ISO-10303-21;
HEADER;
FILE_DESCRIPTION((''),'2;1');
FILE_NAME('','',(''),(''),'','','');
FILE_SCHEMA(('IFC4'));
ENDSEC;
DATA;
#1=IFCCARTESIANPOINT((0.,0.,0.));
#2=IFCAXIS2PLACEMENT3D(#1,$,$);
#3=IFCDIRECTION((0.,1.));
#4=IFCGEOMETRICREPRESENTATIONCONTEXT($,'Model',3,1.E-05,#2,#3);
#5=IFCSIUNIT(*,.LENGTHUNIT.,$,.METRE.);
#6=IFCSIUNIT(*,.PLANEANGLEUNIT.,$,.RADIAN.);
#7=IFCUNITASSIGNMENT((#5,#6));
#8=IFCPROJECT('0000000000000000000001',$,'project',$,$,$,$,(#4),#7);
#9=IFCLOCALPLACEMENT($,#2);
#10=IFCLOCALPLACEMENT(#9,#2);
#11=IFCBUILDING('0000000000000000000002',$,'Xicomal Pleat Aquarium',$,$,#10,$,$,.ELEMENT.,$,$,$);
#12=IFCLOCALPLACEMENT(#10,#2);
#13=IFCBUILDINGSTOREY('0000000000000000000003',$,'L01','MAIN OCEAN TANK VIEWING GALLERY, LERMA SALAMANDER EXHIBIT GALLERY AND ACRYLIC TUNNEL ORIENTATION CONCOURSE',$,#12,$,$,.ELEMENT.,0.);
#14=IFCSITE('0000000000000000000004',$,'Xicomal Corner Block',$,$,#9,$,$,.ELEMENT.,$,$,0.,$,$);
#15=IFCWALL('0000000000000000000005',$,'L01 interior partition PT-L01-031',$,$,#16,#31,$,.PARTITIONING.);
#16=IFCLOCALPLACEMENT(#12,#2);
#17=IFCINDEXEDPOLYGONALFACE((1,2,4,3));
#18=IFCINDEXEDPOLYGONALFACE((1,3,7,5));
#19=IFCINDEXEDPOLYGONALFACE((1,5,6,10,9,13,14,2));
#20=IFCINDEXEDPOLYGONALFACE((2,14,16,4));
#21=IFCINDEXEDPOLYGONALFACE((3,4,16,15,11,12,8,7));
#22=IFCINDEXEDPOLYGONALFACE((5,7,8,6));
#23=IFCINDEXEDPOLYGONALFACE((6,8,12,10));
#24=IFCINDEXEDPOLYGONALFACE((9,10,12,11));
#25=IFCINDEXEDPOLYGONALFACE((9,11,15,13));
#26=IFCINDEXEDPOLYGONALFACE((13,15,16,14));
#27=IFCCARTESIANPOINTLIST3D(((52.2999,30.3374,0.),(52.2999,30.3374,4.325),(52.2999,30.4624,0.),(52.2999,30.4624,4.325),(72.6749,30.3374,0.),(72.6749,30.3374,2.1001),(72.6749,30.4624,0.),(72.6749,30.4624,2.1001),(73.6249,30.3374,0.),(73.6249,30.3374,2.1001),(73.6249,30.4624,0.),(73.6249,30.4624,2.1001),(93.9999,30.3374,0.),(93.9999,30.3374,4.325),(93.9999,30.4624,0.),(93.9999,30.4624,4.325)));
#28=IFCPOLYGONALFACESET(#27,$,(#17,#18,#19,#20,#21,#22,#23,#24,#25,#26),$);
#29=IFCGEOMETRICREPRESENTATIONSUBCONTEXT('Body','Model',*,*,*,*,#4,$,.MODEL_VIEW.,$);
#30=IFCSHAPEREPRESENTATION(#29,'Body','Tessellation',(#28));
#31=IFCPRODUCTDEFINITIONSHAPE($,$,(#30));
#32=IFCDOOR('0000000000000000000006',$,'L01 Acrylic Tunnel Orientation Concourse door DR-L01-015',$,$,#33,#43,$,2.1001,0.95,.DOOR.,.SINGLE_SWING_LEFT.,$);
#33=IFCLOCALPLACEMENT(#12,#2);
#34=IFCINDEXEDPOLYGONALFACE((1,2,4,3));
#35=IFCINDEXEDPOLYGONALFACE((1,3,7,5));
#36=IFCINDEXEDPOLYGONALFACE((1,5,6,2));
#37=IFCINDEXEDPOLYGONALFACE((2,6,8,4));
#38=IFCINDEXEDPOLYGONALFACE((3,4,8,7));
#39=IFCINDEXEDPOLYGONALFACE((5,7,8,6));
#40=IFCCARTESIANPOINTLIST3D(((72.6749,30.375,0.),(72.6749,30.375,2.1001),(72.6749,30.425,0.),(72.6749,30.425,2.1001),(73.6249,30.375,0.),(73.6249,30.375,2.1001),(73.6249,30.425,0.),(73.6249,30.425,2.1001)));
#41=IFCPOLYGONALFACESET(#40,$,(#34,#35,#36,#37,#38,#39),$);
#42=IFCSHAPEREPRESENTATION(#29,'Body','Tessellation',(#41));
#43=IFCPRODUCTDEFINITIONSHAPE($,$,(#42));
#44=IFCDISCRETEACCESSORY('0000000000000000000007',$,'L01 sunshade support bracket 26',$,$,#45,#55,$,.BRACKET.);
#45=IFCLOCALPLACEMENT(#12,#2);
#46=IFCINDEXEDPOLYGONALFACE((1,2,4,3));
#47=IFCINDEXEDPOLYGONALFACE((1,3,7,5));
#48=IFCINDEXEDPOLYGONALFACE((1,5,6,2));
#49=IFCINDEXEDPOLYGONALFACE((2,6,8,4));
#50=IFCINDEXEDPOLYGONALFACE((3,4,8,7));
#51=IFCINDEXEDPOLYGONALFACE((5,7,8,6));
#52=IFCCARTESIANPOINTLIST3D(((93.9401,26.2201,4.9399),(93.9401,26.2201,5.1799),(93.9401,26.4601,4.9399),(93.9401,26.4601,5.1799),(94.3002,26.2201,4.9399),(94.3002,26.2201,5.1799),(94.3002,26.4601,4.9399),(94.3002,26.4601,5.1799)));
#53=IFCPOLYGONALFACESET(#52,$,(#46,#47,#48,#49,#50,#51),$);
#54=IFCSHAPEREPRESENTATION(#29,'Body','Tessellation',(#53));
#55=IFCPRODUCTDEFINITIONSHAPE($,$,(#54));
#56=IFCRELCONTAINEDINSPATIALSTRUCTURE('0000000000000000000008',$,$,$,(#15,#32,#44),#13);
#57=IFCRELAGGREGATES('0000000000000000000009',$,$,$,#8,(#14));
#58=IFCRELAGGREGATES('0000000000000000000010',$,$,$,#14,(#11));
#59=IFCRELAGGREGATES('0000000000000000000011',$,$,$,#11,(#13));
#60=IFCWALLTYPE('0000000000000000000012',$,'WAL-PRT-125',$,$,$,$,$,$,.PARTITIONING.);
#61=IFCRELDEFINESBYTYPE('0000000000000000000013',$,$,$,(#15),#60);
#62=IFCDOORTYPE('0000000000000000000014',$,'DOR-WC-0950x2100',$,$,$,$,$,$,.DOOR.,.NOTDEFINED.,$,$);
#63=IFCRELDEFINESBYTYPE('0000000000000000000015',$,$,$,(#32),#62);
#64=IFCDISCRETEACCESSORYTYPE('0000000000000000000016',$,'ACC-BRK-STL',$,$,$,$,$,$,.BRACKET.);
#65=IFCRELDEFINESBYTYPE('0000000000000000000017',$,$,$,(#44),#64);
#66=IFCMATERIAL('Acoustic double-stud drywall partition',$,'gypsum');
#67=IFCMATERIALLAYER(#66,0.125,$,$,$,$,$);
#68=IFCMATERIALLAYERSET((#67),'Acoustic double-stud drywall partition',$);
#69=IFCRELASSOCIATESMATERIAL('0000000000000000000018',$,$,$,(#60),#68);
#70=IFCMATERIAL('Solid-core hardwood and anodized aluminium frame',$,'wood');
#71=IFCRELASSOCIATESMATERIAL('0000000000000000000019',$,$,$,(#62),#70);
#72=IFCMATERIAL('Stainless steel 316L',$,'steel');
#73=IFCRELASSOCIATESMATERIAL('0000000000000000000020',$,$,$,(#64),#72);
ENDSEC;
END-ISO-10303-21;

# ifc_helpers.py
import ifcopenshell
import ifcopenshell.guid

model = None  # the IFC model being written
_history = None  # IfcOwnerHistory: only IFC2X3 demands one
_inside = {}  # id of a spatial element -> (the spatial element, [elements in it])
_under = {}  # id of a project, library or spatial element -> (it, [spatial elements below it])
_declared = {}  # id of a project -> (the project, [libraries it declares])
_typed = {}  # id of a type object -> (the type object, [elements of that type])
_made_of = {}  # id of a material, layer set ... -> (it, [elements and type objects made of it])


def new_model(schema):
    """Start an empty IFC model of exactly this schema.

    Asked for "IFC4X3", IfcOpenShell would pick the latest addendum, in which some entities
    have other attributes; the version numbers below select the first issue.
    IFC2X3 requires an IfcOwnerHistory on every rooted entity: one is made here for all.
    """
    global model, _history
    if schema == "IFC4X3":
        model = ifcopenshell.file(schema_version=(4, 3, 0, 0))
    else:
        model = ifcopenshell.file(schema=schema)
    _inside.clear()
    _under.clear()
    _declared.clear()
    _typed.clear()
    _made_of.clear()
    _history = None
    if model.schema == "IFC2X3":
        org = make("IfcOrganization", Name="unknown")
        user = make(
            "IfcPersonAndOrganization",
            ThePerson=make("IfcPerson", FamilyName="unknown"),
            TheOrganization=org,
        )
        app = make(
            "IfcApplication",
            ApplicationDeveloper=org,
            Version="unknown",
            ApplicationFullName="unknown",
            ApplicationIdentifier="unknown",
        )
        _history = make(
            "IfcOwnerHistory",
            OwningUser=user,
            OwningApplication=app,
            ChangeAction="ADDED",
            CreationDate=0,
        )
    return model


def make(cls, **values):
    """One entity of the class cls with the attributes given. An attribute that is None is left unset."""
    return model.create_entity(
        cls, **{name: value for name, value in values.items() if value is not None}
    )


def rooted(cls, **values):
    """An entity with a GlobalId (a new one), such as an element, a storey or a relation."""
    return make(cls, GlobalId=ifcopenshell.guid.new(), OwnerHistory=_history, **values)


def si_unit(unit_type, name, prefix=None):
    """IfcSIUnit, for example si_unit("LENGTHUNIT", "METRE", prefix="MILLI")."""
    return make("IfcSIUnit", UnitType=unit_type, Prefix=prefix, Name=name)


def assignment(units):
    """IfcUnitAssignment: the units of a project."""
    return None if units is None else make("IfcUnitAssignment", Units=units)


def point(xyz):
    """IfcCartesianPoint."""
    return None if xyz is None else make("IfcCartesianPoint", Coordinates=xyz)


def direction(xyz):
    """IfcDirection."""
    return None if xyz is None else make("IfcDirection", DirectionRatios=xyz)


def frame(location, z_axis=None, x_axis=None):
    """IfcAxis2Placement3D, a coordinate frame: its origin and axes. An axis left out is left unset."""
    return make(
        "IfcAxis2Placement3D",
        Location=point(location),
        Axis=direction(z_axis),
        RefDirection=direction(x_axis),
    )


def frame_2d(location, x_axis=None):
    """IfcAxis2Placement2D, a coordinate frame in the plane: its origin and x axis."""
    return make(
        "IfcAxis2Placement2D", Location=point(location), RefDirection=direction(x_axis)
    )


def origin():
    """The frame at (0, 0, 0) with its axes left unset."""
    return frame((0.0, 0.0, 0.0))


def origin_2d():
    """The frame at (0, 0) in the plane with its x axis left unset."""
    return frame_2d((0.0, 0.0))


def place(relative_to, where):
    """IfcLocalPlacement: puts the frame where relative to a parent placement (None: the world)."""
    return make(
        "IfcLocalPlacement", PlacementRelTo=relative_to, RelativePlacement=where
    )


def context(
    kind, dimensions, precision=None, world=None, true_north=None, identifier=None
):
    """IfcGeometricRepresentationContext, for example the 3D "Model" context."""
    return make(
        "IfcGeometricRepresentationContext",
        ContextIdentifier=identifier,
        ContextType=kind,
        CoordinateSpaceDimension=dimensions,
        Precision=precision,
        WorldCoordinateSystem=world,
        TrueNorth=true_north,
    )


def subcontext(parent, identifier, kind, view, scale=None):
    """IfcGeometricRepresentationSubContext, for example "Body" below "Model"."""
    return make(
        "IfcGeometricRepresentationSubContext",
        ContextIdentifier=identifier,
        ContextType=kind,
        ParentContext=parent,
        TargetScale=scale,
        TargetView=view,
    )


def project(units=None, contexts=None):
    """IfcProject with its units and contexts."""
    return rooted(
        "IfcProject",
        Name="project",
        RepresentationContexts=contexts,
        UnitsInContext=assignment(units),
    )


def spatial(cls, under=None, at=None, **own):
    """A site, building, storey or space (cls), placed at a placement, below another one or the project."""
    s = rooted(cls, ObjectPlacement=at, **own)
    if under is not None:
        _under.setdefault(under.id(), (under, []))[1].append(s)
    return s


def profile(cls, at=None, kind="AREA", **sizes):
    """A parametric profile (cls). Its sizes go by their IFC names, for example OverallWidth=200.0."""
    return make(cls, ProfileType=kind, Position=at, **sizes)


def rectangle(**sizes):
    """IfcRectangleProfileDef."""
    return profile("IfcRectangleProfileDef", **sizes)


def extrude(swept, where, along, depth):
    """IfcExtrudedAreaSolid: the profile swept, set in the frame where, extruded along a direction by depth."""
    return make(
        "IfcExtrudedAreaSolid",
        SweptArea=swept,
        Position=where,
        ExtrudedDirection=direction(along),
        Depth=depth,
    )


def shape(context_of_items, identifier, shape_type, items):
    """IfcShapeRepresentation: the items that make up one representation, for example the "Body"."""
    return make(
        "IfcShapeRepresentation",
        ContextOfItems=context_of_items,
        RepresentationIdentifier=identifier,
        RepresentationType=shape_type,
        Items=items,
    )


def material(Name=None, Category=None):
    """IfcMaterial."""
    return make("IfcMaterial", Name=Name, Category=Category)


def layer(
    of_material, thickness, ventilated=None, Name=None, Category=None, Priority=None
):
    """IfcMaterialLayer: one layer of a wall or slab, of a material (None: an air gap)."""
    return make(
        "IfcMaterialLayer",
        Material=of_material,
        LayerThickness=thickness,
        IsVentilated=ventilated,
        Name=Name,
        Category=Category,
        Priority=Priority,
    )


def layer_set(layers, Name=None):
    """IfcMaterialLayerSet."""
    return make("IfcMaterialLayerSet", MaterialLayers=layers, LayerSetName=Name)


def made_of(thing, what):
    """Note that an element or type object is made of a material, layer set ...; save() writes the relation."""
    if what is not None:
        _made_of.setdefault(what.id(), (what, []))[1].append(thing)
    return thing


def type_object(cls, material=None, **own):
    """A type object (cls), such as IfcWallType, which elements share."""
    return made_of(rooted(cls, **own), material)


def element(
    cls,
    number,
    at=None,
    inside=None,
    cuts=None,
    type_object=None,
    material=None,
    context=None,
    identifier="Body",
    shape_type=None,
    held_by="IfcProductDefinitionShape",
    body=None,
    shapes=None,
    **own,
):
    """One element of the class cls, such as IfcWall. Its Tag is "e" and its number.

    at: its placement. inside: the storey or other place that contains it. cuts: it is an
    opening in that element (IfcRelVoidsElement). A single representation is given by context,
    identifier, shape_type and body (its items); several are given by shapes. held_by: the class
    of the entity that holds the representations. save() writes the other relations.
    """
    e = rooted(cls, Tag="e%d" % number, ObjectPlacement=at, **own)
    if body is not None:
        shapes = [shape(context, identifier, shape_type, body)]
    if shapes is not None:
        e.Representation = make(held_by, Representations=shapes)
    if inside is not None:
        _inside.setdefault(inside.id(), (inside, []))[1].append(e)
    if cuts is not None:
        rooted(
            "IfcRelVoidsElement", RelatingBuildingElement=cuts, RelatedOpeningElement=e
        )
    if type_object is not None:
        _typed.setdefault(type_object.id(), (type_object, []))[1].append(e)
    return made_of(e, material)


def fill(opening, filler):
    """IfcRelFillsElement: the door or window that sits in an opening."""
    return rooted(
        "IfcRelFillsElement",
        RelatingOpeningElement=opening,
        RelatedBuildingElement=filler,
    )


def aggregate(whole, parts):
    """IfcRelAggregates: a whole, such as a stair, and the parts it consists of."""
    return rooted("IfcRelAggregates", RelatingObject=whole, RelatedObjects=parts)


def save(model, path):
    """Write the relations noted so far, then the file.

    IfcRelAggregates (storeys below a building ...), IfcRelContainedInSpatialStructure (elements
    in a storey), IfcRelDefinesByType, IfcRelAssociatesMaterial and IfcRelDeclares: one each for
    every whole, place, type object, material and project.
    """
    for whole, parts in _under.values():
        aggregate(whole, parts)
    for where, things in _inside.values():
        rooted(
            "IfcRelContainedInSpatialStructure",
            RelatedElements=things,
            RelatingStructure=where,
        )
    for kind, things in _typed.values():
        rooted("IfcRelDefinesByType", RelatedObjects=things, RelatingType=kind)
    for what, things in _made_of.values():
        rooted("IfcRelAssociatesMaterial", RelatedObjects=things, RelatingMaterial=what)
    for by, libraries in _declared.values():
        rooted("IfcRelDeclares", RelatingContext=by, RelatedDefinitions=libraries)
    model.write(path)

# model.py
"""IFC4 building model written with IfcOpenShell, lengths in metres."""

from ifc_helpers import new_model, si_unit, direction, frame, frame_2d, origin, origin_2d, place, context, subcontext, project, spatial, rectangle, extrude, material, layer, layer_set, type_object, element, fill, save


model = new_model("IFC4")

# Units and contexts
model_context = context("Model", 3, precision=1e-05, world=origin(), true_north=direction((0.0, 1.0)))
body_context = subcontext(model_context, "Body", "Model", "MODEL_VIEW")
ifc_project = project(units=[si_unit("LENGTHUNIT", "METRE"), si_unit("PLANEANGLEUNIT", "RADIAN")], contexts=[model_context])

# Site, building, storey
site_placement = place(None, origin())
site = spatial("IfcSite", under=ifc_project, at=site_placement, Name="Xicomal Corner Block", CompositionType="ELEMENT", RefElevation=0.0)
building_placement = place(site_placement, origin())
building = spatial("IfcBuilding", under=site, at=building_placement, Name="Xicomal Pleat Aquarium", CompositionType="ELEMENT")
storey_placement = place(building_placement, origin())
storey = spatial("IfcBuildingStorey", under=building, at=storey_placement, Name="L01", Description="MAIN OCEAN TANK VIEWING GALLERY, LERMA SALAMANDER EXHIBIT GALLERY AND ACRYLIC TUNNEL ORIENTATION CONCOURSE", CompositionType="ELEMENT", Elevation=0.0)

# Wall, opening, door
ifc_material_1 = material(Name="Acoustic double-stud drywall partition", Category="gypsum")
ifc_layer_1 = layer(ifc_material_1, 0.125)
ifc_layer_set_1 = layer_set([ifc_layer_1], Name="Acoustic double-stud drywall partition")
wall_type = type_object("IfcWallType", Name="WAL-PRT-125", PredefinedType="PARTITIONING", material=ifc_layer_set_1)
wall_placement = place(storey_placement, frame((94.0, 30.3999, 0.0), z_axis=(0.0, 0.0, 1.0), x_axis=(-1.0, 0.0, 0.0)))
wall = element("IfcWall", 1, at=wall_placement, inside=storey, type_object=wall_type, Name="L01 interior partition PT-L01-031", PredefinedType="PARTITIONING", context=body_context, shape_type="SweptSolid", body=[
    extrude(rectangle(XDim=41.7, YDim=0.125, at=frame_2d((20.8501, 0.0))), origin(), (0.0, 0.0, 1.0), 4.325),
])
opening_placement = place(wall_placement, frame((20.375, 0.0, 0.0)))
opening = element("IfcOpeningElement", 2, at=opening_placement, cuts=wall, PredefinedType="OPENING", context=body_context, shape_type="SweptSolid", body=[
    extrude(rectangle(XDim=0.95, YDim=2.1001, at=frame_2d((0.4751, 1.05))), frame((0.0, 0.0725, 0.0), z_axis=(0.0, -1.0, 0.0), x_axis=(1.0, 0.0, 0.0)), (0.0, 0.0, 1.0), 0.145),
])
ifc_material_2 = material(Name="Solid-core hardwood and anodized aluminium frame", Category="wood")
door_type = type_object("IfcDoorType", Name="DOR-WC-0950x2100", OperationType="NOTDEFINED", PredefinedType="DOOR", material=ifc_material_2)
door_placement = place(opening_placement, origin())
door = element("IfcDoor", 3, at=door_placement, inside=storey, type_object=door_type, Name="L01 Acrylic Tunnel Orientation Concourse door DR-L01-015", OperationType="SINGLE_SWING_LEFT", OverallHeight=2.1001, OverallWidth=0.95, PredefinedType="DOOR", context=body_context, shape_type="SweptSolid", body=[
    extrude(rectangle(XDim=0.95, YDim=2.1001, at=frame_2d((0.4751, 1.05))), frame((0.0, 0.0249, 0.0), z_axis=(0.0, -1.0, 0.0), x_axis=(1.0, 0.0, 0.0)), (0.0, 0.0, 1.0), 0.05),
])
fill(opening, door)

# Discrete accessory
ifc_material_3 = material(Name="Stainless steel 316L", Category="steel")
discrete_accessory_type = type_object("IfcDiscreteAccessoryType", Name="ACC-BRK-STL", PredefinedType="BRACKET", material=ifc_material_3)
discrete_accessory_placement = place(storey_placement, frame((94.1201, 26.3401, 4.9399), z_axis=(0.0, 0.0, 1.0), x_axis=(0.0, -1.0, 0.0)))
element("IfcDiscreteAccessory", 4, at=discrete_accessory_placement, inside=storey, type_object=discrete_accessory_type, Name="L01 sunshade support bracket 26", PredefinedType="BRACKET", context=body_context, shape_type="SweptSolid", body=[
    extrude(rectangle(XDim=0.24, YDim=0.3601, at=origin_2d()), origin(), (0.0, 0.0, 1.0), 0.24),
])

save(model, "model.ifc")
